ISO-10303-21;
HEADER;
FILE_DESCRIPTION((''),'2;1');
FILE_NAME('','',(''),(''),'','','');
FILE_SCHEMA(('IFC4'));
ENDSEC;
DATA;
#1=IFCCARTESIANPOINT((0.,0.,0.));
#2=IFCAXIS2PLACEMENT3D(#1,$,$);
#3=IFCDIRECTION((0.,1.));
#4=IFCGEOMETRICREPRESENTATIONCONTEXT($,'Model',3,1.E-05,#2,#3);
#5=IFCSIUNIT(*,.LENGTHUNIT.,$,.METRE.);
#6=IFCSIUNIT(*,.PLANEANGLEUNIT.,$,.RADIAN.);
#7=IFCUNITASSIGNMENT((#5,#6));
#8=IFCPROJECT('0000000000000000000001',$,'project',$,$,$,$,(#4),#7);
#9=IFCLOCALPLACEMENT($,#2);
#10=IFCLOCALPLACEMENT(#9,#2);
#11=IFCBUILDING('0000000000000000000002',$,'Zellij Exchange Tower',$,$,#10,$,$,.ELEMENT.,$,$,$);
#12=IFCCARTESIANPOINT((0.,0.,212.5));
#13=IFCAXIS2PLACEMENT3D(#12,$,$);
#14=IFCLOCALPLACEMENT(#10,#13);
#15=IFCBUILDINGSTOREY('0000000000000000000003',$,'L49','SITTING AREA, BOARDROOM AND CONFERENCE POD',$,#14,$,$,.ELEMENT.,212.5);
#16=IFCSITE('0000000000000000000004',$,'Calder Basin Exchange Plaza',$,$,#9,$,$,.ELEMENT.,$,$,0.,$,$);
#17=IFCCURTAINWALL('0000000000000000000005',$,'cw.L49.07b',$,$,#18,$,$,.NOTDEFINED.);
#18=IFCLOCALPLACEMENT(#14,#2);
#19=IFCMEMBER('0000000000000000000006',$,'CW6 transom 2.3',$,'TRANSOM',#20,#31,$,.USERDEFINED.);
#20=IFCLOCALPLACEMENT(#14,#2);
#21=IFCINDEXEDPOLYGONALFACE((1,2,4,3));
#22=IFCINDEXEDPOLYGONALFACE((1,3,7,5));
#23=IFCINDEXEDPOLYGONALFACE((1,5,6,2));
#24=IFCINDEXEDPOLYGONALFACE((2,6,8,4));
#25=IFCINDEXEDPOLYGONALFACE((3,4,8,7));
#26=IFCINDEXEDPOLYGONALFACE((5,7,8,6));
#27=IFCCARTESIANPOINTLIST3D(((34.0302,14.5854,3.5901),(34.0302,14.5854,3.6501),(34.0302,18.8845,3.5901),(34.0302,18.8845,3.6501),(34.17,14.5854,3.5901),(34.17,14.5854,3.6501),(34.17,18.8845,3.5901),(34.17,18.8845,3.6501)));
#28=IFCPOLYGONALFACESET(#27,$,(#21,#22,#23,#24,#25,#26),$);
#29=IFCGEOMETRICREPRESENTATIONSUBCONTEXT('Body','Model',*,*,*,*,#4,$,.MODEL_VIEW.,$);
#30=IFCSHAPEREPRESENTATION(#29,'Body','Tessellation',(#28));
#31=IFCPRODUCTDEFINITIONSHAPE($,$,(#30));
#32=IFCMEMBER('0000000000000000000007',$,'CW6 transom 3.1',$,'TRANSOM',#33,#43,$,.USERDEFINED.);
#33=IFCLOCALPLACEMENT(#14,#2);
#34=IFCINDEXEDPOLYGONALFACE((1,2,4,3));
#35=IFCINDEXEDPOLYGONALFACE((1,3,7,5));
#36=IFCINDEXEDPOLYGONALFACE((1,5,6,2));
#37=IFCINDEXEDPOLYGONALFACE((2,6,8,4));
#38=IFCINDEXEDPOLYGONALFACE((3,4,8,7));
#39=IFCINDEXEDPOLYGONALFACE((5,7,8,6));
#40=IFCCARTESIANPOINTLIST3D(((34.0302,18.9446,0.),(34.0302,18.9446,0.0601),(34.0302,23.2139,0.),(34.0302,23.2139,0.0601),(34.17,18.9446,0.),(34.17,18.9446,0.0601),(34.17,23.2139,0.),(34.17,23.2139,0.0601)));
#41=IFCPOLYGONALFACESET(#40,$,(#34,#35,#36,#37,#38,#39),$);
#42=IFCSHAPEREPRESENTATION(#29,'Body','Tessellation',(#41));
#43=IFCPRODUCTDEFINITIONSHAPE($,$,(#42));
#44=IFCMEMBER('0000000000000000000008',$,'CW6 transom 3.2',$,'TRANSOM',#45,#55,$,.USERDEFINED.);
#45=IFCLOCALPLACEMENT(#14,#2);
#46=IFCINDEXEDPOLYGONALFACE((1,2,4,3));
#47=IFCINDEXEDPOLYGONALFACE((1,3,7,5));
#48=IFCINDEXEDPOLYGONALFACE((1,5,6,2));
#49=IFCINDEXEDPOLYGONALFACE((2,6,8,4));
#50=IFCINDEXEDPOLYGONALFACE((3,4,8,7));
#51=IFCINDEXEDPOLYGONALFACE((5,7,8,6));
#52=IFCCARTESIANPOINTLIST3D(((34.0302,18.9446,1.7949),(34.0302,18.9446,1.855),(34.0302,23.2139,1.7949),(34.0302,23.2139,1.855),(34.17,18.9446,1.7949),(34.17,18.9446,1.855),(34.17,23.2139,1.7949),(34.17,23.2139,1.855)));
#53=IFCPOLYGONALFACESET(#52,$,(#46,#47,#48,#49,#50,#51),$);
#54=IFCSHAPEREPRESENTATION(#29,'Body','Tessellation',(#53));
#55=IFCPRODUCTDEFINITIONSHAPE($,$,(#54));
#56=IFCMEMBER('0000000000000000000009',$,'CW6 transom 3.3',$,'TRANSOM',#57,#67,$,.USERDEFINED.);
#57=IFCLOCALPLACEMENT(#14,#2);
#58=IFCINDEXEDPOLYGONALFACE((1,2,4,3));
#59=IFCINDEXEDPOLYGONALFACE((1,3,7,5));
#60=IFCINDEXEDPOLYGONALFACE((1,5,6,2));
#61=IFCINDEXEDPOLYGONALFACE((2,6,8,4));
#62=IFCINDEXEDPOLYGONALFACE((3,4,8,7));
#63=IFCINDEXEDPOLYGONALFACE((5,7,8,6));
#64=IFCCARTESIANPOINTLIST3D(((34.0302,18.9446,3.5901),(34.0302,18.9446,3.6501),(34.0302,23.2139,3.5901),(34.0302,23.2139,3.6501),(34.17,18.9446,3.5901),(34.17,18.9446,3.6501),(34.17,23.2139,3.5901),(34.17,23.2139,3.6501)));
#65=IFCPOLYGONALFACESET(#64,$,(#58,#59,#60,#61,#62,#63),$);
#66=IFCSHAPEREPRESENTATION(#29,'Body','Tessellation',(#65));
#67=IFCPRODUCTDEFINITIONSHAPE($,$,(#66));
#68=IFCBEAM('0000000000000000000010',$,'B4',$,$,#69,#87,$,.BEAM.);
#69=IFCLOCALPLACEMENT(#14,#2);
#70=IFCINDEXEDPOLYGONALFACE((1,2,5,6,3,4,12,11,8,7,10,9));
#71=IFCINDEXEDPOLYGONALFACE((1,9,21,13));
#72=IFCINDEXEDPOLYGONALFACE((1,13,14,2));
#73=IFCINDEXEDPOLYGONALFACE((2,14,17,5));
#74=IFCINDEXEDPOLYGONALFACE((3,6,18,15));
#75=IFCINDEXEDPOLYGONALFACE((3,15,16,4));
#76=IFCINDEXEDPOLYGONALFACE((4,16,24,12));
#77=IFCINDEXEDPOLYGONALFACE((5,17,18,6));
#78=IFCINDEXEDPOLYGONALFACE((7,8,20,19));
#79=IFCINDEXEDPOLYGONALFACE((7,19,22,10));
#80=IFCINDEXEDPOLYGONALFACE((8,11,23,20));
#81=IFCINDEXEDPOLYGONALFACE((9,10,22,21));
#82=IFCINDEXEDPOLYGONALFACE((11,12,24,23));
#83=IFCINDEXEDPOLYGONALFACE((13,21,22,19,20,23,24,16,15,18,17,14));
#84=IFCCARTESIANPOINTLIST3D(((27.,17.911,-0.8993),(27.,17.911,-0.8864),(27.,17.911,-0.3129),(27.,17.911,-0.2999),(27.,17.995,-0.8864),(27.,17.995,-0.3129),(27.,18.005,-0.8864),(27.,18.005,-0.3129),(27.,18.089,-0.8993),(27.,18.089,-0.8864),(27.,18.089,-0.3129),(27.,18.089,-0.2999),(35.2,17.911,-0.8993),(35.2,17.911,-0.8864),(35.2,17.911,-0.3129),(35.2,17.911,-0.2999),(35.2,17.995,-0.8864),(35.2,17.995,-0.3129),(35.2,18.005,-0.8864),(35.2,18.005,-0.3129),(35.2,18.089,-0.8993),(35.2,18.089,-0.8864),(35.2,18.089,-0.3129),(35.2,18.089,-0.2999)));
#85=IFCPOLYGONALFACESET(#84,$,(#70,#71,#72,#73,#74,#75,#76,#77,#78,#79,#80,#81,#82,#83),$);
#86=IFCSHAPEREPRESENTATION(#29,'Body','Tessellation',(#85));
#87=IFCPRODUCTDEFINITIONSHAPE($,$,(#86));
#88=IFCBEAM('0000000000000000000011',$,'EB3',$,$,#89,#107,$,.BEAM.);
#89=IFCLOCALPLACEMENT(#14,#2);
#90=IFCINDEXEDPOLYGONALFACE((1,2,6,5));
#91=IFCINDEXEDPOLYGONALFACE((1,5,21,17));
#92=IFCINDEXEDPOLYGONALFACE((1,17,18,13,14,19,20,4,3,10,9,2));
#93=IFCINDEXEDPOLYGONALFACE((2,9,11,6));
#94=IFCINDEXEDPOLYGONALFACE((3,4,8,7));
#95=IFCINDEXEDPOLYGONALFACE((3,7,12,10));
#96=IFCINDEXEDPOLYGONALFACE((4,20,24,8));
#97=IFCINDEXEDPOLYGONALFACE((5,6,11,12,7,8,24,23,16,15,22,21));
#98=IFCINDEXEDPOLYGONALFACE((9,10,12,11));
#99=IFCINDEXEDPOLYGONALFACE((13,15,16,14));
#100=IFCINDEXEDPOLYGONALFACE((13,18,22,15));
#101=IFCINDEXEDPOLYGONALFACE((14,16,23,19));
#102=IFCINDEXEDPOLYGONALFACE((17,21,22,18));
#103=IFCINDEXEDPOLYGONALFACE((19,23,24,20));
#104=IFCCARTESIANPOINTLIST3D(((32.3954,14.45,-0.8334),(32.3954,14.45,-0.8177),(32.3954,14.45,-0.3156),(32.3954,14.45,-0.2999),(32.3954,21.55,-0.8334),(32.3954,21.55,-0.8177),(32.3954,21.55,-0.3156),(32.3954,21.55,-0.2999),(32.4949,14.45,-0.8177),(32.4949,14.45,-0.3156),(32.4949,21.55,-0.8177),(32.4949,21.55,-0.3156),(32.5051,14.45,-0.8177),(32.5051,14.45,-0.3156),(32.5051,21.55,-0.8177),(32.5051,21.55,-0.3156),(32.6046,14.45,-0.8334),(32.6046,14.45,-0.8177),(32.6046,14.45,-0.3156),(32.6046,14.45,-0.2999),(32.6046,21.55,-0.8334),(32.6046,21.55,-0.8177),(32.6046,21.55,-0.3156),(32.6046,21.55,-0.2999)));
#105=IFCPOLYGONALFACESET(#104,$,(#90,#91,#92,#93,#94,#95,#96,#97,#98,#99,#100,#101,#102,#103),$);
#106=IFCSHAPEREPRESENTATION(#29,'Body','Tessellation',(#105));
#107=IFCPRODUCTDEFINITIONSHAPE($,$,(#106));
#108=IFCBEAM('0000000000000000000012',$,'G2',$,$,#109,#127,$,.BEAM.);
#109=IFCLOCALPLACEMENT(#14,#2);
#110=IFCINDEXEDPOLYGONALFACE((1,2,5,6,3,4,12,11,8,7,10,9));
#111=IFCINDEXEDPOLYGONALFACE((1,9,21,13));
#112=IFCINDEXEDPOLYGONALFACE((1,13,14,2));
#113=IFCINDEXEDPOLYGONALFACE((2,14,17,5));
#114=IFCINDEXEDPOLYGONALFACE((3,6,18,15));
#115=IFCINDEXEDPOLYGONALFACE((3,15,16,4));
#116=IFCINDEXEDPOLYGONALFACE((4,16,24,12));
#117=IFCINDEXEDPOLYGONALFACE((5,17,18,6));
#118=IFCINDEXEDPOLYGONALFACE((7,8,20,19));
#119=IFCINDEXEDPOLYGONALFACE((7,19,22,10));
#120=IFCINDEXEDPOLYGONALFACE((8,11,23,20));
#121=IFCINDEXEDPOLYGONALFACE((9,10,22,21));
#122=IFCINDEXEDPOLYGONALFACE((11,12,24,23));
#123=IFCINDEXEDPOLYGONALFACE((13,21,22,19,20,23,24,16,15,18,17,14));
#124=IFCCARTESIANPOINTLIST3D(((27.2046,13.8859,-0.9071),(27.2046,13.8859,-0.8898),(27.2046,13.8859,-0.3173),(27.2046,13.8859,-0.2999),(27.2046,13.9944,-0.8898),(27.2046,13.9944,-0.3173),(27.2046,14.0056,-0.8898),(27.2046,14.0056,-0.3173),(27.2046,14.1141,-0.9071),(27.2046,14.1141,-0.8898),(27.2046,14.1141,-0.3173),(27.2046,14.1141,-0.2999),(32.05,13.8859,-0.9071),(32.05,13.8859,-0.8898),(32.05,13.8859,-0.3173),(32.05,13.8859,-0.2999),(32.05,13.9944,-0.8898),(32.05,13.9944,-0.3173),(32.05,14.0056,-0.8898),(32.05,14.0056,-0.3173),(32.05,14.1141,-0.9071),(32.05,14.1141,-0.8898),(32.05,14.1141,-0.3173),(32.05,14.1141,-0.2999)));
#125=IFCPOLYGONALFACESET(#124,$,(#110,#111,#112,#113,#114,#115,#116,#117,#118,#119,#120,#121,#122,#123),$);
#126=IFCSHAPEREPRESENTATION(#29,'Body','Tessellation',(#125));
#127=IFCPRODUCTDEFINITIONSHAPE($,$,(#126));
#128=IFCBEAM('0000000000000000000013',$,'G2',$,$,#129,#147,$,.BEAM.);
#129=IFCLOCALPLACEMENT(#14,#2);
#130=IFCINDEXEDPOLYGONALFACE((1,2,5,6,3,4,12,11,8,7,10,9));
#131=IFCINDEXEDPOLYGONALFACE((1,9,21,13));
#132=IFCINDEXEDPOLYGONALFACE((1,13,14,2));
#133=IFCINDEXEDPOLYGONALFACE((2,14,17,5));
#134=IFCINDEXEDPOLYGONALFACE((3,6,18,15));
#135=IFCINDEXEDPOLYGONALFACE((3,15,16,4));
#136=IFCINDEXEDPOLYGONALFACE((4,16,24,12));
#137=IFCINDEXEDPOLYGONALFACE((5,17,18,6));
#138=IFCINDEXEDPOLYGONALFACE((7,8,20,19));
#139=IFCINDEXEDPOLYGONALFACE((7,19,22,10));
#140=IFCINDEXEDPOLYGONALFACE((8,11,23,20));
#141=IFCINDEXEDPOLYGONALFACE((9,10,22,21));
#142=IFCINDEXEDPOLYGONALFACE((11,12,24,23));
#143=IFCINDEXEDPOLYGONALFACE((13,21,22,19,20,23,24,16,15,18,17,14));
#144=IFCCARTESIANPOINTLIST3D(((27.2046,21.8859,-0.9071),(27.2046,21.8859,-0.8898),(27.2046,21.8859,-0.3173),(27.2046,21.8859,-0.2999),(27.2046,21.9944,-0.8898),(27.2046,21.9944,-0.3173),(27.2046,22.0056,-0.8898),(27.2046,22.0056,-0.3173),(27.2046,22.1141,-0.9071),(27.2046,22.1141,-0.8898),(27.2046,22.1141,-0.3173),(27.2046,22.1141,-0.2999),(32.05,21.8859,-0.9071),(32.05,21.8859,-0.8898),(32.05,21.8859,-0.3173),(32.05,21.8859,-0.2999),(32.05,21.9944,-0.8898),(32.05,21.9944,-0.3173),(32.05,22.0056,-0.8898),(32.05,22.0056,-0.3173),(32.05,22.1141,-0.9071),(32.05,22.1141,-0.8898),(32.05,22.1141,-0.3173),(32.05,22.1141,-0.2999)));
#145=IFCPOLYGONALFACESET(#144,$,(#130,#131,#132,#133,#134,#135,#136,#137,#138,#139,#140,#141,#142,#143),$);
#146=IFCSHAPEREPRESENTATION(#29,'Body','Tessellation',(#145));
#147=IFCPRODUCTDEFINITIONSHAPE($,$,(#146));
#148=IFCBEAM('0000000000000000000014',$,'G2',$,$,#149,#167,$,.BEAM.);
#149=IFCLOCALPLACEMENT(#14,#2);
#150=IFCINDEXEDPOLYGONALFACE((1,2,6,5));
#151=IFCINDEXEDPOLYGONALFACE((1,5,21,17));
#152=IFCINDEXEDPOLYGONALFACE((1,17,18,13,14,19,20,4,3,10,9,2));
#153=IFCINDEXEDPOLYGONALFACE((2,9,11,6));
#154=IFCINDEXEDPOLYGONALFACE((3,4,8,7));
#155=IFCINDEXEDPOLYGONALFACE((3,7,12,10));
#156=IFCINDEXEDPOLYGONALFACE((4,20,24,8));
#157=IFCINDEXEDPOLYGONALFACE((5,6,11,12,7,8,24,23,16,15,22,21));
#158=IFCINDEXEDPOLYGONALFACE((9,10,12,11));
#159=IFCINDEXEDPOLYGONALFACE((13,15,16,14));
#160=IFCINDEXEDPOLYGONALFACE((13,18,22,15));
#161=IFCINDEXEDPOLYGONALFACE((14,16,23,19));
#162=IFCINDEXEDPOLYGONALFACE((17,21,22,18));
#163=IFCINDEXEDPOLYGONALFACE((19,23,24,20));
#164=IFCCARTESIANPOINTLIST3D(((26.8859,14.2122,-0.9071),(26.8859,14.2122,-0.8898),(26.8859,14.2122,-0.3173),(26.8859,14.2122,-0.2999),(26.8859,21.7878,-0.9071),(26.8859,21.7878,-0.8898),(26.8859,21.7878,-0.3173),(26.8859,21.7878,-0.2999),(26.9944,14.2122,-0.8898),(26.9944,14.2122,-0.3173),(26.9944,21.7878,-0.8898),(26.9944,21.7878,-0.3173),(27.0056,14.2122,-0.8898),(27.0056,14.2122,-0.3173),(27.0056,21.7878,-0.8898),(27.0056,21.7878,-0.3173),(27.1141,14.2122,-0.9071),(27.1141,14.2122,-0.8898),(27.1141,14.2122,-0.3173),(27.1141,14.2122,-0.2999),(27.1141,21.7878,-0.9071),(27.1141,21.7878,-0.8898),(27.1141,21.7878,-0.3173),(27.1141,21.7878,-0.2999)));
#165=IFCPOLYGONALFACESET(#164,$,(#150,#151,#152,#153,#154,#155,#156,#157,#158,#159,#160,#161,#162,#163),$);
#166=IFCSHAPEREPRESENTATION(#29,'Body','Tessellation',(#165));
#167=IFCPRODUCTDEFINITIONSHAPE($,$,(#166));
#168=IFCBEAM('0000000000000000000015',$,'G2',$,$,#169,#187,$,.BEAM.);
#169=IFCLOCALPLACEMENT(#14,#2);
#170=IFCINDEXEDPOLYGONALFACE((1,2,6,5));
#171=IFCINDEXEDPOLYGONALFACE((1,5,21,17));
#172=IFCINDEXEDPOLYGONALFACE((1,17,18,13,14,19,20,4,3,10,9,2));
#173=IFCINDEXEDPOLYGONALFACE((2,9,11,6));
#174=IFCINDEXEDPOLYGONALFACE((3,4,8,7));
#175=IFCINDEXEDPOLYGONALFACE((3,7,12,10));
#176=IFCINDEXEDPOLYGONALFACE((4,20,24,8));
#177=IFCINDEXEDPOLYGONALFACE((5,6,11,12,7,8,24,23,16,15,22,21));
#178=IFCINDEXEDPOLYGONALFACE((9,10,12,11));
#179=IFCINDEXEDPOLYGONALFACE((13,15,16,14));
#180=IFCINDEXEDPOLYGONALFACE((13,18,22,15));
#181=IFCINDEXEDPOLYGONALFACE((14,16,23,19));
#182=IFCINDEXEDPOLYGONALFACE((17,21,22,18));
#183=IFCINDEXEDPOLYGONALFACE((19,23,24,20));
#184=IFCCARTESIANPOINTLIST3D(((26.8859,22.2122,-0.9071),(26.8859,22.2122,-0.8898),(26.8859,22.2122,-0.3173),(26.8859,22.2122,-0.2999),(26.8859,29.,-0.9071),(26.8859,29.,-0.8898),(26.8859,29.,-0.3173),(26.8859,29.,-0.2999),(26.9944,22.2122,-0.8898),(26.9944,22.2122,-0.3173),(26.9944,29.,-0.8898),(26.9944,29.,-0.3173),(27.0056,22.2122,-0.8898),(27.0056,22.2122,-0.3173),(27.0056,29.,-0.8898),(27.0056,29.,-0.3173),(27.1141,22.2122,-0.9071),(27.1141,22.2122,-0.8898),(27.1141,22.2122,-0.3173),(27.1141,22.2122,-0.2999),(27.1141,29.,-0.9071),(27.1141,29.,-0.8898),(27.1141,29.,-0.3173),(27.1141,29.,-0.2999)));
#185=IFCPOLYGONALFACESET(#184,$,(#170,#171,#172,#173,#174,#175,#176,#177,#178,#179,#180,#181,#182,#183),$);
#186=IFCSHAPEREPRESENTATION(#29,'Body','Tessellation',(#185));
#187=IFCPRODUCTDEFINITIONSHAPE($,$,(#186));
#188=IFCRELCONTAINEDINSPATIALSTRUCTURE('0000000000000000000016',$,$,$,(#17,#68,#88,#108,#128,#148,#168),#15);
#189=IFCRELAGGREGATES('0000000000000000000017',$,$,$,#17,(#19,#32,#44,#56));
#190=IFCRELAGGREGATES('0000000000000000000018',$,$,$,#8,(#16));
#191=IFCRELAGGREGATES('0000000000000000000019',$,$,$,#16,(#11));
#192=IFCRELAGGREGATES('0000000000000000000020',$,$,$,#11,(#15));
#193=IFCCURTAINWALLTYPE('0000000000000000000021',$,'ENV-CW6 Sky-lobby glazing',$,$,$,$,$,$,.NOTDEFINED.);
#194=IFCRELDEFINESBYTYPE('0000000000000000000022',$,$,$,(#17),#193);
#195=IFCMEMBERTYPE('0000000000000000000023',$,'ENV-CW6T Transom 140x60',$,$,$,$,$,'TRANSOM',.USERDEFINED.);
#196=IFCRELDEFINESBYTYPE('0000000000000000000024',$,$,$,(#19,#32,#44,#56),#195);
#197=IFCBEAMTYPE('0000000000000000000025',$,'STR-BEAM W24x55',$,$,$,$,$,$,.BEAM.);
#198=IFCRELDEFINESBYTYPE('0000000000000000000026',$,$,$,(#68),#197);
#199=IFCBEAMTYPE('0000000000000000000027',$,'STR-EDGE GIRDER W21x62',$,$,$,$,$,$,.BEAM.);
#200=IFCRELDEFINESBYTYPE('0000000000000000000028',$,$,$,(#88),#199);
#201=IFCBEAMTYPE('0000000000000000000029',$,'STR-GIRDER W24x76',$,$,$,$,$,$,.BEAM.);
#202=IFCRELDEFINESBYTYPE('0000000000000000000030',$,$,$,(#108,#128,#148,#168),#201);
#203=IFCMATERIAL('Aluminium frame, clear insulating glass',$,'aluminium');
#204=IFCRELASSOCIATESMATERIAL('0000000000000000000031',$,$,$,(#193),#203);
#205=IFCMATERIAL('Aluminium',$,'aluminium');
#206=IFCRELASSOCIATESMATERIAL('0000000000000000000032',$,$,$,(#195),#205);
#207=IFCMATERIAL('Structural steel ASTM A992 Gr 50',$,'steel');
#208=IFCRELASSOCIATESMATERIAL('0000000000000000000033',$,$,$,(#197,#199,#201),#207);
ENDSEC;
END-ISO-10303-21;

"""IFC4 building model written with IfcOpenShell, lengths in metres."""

from ifc_helpers import new_model, si_unit, direction, frame, origin, origin_2d, place, context, subcontext, project, spatial, rectangle, i_section, extrude, material, material_profile, profile_set, type_object, element, aggregate, save


model = new_model("IFC4")

# Units and contexts
model_context = context("Model", 3, precision=1e-05, world=origin(), true_north=direction((0.0, 1.0)))
body_context = subcontext(model_context, "Body", "Model", "MODEL_VIEW")
ifc_project = project(units=[si_unit("LENGTHUNIT", "METRE"), si_unit("PLANEANGLEUNIT", "RADIAN")], contexts=[model_context])

# Site, building, storey
site_placement = place(None, origin())
site = spatial("IfcSite", under=ifc_project, at=site_placement, Name="Calder Basin Exchange Plaza", CompositionType="ELEMENT", RefElevation=0.0)
building_placement = place(site_placement, origin())
building = spatial("IfcBuilding", under=site, at=building_placement, Name="Zellij Exchange Tower", CompositionType="ELEMENT")
storey_placement = place(building_placement, frame((0.0, 0.0, 212.5)))
storey = spatial("IfcBuildingStorey", under=building, at=storey_placement, Name="L49", Description="SITTING AREA, BOARDROOM AND CONFERENCE POD", CompositionType="ELEMENT", Elevation=212.5)

# Shared definitions
ifc_material_1 = material(Name="Aluminium frame, clear insulating glass", Category="aluminium")
curtain_wall_type = type_object("IfcCurtainWallType", Name="ENV-CW6 Sky-lobby glazing", PredefinedType="NOTDEFINED", material=ifc_material_1)
ifc_material_2 = material(Name="Aluminium", Category="aluminium")

# Curtain wall, members
curtain_wall_1_placement = place(storey_placement, origin())
curtain_wall_1 = element("IfcCurtainWall", 1, at=curtain_wall_1_placement, inside=storey, type_object=curtain_wall_type, Name="cw.L49.07b", PredefinedType="NOTDEFINED")
ifc_material_profile_1 = material_profile(ifc_material_2, rectangle(XDim=0.1399, YDim=0.0601, at=origin_2d()), Name="AL 140x60")
ifc_profile_set_1 = profile_set([ifc_material_profile_1], Name="Aluminium")
member_type_1 = type_object("IfcMemberType", Name="ENV-CW6T Transom 140x60", ElementType="TRANSOM", PredefinedType="USERDEFINED", material=ifc_profile_set_1)
member_1_placement = place(storey_placement, frame((34.1001, 14.5854, 3.6201), z_axis=(0.0, 1.0, 0.0), x_axis=(-1.0, 0.0, 0.0)))
member_1 = element("IfcMember", 2, at=member_1_placement, type_object=member_type_1, Name="CW6 transom 2.3", ObjectType="TRANSOM", PredefinedType="USERDEFINED", context=body_context, shape_type="SweptSolid", body=[
    extrude(rectangle(XDim=0.1399, YDim=0.0601, at=origin_2d()), origin(), (0.0, 0.0, 1.0), 4.2991),
])
member_2_placement = place(storey_placement, frame((34.1001, 18.9446, 0.03), z_axis=(0.0, 1.0, 0.0), x_axis=(-1.0, 0.0, 0.0)))
member_2 = element("IfcMember", 3, at=member_2_placement, type_object=member_type_1, Name="CW6 transom 3.1", ObjectType="TRANSOM", PredefinedType="USERDEFINED", context=body_context, shape_type="SweptSolid", body=[
    extrude(rectangle(XDim=0.1399, YDim=0.0601, at=origin_2d()), origin(), (0.0, 0.0, 1.0), 4.2693),
])
member_3_placement = place(storey_placement, frame((34.1001, 18.9446, 1.825), z_axis=(0.0, 1.0, 0.0), x_axis=(-1.0, 0.0, 0.0)))
member_3 = element("IfcMember", 4, at=member_3_placement, type_object=member_type_1, Name="CW6 transom 3.2", ObjectType="TRANSOM", PredefinedType="USERDEFINED", context=body_context, shape_type="SweptSolid", body=[
    extrude(rectangle(XDim=0.1399, YDim=0.0601, at=origin_2d()), origin(), (0.0, 0.0, 1.0), 4.2693),
])
member_4_placement = place(storey_placement, frame((34.1001, 18.9446, 3.6201), z_axis=(0.0, 1.0, 0.0), x_axis=(-1.0, 0.0, 0.0)))
member_4 = element("IfcMember", 5, at=member_4_placement, type_object=member_type_1, Name="CW6 transom 3.3", ObjectType="TRANSOM", PredefinedType="USERDEFINED", context=body_context, shape_type="SweptSolid", body=[
    extrude(rectangle(XDim=0.1399, YDim=0.0601, at=origin_2d()), origin(), (0.0, 0.0, 1.0), 4.2693),
])

# Beams
ifc_material_3 = material(Name="Structural steel ASTM A992 Gr 50", Category="steel")
ifc_material_profile_2 = material_profile(ifc_material_3, i_section(OverallWidth=0.178, OverallDepth=0.5994, WebThickness=0.01, FlangeThickness=0.0129, at=origin_2d()), Name="W24x55")
ifc_profile_set_2 = profile_set([ifc_material_profile_2], Name="Structural steel ASTM A992 Gr 50")
beam_type_1 = type_object("IfcBeamType", Name="STR-BEAM W24x55", PredefinedType="BEAM", material=ifc_profile_set_2)
beam_1_placement = place(storey_placement, frame((27.0, 18.0, -0.5996), z_axis=(1.0, 0.0, 0.0), x_axis=(0.0, 1.0, 0.0)))
element("IfcBeam", 6, at=beam_1_placement, inside=storey, type_object=beam_type_1, Name="B4", PredefinedType="BEAM", context=body_context, shape_type="SweptSolid", body=[
    extrude(i_section(OverallWidth=0.178, OverallDepth=0.5994, WebThickness=0.01, FlangeThickness=0.0129, at=origin_2d()), origin(), (0.0, 0.0, 1.0), 8.2),
])
ifc_material_profile_3 = material_profile(ifc_material_3, i_section(OverallWidth=0.2092, OverallDepth=0.5334, WebThickness=0.0103, FlangeThickness=0.0156, at=origin_2d()), Name="W21x62")
ifc_profile_set_3 = profile_set([ifc_material_profile_3], Name="Structural steel ASTM A992 Gr 50")
beam_type_2 = type_object("IfcBeamType", Name="STR-EDGE GIRDER W21x62", PredefinedType="BEAM", material=ifc_profile_set_3)
beam_2_placement = place(storey_placement, frame((32.5, 14.45, -0.5667), z_axis=(0.0, 1.0, 0.0), x_axis=(-1.0, 0.0, 0.0)))
element("IfcBeam", 7, at=beam_2_placement, inside=storey, type_object=beam_type_2, Name="EB3", PredefinedType="BEAM", context=body_context, shape_type="SweptSolid", body=[
    extrude(i_section(OverallWidth=0.2092, OverallDepth=0.5334, WebThickness=0.0103, FlangeThickness=0.0156, at=origin_2d()), origin(), (0.0, 0.0, 1.0), 7.1001),
])
ifc_material_profile_4 = material_profile(ifc_material_3, i_section(OverallWidth=0.2283, OverallDepth=0.6072, WebThickness=0.0112, FlangeThickness=0.0173, at=origin_2d()), Name="W24x76")
ifc_profile_set_4 = profile_set([ifc_material_profile_4], Name="Structural steel ASTM A992 Gr 50")
beam_type_3 = type_object("IfcBeamType", Name="STR-GIRDER W24x76", PredefinedType="BEAM", material=ifc_profile_set_4)
for number, where, z_axis, x_axis, name in (
    (8, (27.2046, 14.0, -0.6035), (1.0, 0.0, 0.0), (0.0, 1.0, 0.0), "G2"),
    (9, (27.2046, 22.0, -0.6035), (1.0, 0.0, 0.0), (0.0, 1.0, 0.0), "G2"),
):
    element("IfcBeam", number, at=place(storey_placement, frame(where, z_axis=z_axis, x_axis=x_axis)), inside=storey, type_object=beam_type_3, Name=name, PredefinedType="BEAM", context=body_context, shape_type="SweptSolid", body=[
        extrude(i_section(OverallWidth=0.2283, OverallDepth=0.6072, WebThickness=0.0112, FlangeThickness=0.0173, at=origin_2d()), origin(), (0.0, 0.0, 1.0), 4.8455),
    ])
beam_3_placement = place(storey_placement, frame((27.0, 14.2122, -0.6035), z_axis=(0.0, 1.0, 0.0), x_axis=(-1.0, 0.0, 0.0)))
element("IfcBeam", 10, at=beam_3_placement, inside=storey, type_object=beam_type_3, Name="G2", PredefinedType="BEAM", context=body_context, shape_type="SweptSolid", body=[
    extrude(i_section(OverallWidth=0.2283, OverallDepth=0.6072, WebThickness=0.0112, FlangeThickness=0.0173, at=origin_2d()), origin(), (0.0, 0.0, 1.0), 7.5757),
])
beam_4_placement = place(storey_placement, frame((27.0, 22.2122, -0.6035), z_axis=(0.0, 1.0, 0.0), x_axis=(-1.0, 0.0, 0.0)))
element("IfcBeam", 11, at=beam_4_placement, inside=storey, type_object=beam_type_3, Name="G2", PredefinedType="BEAM", context=body_context, shape_type="SweptSolid", body=[
    extrude(i_section(OverallWidth=0.2283, OverallDepth=0.6072, WebThickness=0.0112, FlangeThickness=0.0173, at=origin_2d()), origin(), (0.0, 0.0, 1.0), 6.7878),
])

aggregate(curtain_wall_1, [member_1, member_2, member_3, member_4])

save(model, "model.ifc")
